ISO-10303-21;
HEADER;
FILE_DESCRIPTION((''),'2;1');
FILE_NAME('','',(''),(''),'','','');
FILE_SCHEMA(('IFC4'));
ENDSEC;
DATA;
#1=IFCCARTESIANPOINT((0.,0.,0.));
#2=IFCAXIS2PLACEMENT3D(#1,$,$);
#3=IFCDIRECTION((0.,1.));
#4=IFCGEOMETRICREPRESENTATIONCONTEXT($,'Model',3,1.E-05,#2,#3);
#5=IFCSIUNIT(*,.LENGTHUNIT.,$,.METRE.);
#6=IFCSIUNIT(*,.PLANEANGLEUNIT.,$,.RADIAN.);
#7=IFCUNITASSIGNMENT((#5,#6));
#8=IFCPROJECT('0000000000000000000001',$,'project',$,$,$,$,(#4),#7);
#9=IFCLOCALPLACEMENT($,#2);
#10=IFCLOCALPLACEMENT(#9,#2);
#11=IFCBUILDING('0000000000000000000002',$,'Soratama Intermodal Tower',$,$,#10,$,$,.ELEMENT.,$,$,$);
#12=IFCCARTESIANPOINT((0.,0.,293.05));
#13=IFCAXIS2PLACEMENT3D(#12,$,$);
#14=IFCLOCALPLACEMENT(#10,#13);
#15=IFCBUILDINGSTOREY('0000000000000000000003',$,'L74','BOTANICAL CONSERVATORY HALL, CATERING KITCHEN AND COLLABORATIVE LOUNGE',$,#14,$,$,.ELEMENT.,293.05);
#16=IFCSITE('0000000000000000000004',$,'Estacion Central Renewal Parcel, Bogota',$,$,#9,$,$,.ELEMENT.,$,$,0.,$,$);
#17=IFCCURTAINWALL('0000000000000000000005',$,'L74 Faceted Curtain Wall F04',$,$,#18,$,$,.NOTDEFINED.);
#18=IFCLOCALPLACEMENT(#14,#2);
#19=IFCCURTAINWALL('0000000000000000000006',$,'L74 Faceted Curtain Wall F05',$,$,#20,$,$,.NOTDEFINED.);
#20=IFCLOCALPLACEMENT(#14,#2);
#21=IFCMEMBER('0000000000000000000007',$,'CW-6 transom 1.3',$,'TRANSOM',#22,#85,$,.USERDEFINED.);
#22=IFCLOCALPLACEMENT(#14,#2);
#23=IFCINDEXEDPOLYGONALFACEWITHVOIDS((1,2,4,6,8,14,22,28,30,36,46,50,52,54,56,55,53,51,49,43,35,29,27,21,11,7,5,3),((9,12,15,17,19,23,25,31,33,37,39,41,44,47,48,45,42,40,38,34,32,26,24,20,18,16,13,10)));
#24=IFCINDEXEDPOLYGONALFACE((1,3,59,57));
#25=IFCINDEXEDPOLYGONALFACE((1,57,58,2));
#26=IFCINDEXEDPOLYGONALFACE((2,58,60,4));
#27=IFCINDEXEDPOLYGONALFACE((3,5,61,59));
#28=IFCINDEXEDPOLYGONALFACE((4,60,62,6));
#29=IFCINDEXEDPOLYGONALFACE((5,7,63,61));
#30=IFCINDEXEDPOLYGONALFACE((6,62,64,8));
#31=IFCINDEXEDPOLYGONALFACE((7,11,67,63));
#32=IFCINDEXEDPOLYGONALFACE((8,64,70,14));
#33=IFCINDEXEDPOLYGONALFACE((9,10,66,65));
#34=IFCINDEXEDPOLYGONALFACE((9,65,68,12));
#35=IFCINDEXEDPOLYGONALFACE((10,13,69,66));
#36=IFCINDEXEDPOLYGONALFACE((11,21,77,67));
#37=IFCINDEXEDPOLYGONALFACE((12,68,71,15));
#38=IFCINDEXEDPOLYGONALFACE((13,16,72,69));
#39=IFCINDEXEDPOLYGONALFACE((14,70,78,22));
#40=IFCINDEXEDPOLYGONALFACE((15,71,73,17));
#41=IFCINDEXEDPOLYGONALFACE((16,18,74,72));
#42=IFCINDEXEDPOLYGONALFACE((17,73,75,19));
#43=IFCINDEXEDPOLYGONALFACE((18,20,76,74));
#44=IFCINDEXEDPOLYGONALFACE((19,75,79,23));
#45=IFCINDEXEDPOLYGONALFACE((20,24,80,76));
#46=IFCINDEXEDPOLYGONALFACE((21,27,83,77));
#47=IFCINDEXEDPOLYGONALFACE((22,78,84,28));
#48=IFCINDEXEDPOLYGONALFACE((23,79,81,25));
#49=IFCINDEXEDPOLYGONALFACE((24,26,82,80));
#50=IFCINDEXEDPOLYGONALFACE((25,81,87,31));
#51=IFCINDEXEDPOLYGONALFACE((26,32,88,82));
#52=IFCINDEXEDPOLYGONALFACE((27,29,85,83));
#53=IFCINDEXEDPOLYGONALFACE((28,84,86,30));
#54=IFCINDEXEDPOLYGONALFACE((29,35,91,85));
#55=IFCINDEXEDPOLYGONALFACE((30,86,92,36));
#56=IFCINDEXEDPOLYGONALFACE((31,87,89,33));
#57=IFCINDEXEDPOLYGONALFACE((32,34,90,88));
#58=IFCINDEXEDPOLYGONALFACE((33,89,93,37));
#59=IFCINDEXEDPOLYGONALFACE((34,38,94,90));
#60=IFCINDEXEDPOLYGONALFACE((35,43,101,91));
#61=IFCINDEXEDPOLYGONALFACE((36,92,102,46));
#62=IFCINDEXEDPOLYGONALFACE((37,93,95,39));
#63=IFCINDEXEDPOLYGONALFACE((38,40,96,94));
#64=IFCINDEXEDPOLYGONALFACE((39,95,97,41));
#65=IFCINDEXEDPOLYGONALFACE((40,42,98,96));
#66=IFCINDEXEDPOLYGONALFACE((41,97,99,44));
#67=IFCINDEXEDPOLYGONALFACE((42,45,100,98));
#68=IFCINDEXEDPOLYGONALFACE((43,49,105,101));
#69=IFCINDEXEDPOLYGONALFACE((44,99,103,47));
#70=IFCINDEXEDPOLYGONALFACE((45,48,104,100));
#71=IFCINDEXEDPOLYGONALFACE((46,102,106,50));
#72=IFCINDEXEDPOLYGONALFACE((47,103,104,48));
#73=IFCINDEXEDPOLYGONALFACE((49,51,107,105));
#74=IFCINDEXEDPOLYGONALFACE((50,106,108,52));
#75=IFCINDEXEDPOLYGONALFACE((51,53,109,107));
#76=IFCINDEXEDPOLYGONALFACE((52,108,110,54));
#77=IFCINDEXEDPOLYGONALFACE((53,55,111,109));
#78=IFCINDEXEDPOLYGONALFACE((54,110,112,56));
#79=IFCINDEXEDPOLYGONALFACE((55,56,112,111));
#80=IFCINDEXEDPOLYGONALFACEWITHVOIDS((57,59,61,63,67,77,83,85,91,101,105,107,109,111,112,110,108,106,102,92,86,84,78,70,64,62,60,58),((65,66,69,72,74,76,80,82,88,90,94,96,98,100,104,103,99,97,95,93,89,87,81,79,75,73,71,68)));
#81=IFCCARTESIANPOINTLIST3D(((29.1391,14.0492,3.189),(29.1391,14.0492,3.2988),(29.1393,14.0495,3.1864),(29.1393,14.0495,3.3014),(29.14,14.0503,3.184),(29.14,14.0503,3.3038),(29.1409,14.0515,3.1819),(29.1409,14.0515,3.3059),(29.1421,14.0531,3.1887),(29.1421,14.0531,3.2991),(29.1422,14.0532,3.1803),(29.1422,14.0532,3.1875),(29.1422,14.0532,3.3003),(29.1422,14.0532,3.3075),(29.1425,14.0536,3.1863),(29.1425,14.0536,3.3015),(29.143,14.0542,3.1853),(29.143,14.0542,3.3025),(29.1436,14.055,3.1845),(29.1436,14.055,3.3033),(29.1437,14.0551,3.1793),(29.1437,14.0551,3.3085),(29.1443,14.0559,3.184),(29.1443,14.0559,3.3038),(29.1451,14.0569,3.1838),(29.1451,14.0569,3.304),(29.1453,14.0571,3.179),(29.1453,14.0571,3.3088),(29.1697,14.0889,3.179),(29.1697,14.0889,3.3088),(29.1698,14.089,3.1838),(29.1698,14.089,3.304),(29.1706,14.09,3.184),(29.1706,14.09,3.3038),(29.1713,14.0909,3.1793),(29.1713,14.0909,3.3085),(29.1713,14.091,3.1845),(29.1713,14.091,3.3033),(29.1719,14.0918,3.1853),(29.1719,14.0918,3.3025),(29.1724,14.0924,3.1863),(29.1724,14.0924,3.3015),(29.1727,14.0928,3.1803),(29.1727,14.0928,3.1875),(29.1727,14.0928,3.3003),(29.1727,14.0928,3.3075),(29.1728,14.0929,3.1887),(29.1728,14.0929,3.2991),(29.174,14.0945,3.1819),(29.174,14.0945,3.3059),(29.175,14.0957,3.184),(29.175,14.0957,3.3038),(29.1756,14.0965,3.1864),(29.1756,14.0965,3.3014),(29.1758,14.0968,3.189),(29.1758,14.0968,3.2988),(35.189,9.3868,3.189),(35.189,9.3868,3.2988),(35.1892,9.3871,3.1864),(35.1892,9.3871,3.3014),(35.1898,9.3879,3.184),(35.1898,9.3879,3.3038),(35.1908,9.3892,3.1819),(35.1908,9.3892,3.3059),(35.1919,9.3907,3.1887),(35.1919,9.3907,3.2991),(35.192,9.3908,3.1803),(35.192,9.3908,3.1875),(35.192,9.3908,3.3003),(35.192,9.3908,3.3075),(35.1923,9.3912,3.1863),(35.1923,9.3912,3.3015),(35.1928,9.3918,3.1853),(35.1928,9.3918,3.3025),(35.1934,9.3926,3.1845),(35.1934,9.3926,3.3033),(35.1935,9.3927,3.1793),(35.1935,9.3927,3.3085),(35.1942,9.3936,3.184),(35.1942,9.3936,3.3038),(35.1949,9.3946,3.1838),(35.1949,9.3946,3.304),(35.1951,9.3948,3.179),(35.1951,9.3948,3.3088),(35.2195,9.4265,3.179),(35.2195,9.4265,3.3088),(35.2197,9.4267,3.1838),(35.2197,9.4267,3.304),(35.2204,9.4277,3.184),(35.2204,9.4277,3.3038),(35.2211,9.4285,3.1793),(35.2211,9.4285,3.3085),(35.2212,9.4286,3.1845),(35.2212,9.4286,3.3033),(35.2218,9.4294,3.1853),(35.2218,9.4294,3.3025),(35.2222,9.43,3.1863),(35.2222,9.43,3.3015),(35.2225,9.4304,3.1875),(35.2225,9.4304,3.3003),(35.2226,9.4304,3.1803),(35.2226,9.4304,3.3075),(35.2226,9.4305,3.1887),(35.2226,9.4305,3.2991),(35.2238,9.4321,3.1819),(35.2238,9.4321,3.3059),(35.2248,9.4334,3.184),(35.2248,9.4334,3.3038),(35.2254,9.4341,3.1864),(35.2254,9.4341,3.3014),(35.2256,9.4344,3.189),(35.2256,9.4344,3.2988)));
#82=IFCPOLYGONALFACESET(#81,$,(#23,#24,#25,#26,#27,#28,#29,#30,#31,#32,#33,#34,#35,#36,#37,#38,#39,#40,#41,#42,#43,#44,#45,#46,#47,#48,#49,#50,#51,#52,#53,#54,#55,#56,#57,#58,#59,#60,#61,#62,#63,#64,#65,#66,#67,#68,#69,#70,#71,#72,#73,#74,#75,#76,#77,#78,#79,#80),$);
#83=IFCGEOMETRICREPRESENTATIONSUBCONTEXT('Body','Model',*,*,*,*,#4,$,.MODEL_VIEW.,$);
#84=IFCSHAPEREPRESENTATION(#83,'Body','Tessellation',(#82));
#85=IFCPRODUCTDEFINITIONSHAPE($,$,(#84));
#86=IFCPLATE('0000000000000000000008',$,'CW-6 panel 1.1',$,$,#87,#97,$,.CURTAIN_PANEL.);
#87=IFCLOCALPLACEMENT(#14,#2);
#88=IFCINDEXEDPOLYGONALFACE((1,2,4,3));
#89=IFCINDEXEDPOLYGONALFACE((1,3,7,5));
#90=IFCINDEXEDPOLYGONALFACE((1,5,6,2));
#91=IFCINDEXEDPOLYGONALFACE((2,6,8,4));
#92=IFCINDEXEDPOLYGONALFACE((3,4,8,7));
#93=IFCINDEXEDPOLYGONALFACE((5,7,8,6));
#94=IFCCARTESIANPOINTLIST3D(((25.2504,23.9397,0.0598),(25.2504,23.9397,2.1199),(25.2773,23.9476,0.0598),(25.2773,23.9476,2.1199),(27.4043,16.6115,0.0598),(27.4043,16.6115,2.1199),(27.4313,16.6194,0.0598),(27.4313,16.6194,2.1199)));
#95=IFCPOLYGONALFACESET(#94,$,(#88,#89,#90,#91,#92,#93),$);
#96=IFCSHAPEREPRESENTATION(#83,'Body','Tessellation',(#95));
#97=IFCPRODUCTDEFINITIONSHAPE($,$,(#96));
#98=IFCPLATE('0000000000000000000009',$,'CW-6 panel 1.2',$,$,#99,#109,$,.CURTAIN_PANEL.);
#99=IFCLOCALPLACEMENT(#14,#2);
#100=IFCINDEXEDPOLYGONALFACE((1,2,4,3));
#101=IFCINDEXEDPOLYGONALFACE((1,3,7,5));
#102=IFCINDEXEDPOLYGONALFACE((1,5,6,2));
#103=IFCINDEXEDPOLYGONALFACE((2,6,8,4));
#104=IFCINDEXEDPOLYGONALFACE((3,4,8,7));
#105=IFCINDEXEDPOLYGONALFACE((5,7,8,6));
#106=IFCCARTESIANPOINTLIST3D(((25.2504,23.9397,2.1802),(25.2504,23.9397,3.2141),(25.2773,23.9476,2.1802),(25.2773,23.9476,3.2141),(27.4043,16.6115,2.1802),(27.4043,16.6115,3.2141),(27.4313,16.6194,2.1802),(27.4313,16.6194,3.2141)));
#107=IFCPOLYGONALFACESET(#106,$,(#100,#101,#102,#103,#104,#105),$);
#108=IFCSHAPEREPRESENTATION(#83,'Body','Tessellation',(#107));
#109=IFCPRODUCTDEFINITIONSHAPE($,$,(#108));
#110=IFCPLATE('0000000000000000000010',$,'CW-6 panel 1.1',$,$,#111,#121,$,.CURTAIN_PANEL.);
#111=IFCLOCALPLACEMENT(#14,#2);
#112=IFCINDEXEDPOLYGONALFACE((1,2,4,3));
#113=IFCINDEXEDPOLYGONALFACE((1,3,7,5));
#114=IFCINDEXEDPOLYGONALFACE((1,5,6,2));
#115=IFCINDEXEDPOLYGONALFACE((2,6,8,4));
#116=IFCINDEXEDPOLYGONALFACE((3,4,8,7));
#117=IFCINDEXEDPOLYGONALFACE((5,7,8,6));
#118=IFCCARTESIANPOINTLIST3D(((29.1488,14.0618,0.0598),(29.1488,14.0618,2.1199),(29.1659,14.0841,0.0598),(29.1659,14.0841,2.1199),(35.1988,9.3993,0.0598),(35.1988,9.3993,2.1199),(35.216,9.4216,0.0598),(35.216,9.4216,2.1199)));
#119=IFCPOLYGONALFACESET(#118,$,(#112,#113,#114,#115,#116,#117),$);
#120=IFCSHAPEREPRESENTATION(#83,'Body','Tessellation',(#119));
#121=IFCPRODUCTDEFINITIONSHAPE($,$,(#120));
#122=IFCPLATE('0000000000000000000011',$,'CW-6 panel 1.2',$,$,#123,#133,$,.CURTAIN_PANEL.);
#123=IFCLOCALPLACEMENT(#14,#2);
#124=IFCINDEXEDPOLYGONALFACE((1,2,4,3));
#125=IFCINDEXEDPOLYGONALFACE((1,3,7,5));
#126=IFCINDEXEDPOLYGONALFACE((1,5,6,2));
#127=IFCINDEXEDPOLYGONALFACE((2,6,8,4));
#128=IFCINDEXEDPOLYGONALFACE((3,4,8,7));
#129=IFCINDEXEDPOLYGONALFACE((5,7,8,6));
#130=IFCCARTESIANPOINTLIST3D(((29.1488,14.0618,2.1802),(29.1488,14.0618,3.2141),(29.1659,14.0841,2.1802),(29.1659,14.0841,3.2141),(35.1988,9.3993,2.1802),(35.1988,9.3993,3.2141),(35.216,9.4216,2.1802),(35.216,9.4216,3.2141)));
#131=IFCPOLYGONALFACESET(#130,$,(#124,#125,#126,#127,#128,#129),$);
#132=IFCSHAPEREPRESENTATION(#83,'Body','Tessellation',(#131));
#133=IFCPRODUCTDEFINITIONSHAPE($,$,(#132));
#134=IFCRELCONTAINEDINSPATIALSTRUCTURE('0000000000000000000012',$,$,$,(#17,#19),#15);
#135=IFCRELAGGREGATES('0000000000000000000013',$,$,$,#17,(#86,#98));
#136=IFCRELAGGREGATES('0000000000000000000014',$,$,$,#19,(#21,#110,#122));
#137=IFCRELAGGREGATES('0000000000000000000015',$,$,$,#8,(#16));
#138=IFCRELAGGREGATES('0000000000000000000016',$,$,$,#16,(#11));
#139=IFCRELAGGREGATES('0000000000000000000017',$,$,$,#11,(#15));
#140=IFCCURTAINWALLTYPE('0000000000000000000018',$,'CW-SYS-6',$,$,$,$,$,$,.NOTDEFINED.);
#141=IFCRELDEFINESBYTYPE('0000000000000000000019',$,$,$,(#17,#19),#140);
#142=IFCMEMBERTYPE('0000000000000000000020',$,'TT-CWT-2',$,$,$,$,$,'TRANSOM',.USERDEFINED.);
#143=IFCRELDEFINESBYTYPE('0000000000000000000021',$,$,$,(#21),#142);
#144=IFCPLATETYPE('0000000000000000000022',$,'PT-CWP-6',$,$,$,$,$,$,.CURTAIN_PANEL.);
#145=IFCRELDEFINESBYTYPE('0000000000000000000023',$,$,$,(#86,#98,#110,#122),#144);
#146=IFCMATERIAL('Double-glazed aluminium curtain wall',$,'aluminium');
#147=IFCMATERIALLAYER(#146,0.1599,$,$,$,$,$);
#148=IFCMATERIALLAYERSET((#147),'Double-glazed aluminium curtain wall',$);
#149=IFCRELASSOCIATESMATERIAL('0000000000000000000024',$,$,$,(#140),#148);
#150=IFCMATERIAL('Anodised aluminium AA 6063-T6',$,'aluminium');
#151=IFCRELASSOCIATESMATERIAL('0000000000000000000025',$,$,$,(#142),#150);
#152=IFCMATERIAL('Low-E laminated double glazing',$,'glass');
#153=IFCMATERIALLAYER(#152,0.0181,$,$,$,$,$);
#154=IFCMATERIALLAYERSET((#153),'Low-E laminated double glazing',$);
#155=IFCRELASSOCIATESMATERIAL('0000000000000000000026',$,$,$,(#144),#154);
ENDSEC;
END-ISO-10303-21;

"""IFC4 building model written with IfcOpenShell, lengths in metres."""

from ifc_helpers import new_model, si_unit, direction, frame, origin, origin_2d, place, context, subcontext, project, spatial, rectangle, hollow_rectangle, extrude, material, layer, layer_set, material_profile, profile_set, type_object, element, aggregate, save


model = new_model("IFC4")

# Units and contexts
model_context = context("Model", 3, precision=1e-05, world=origin(), true_north=direction((0.0, 1.0)))
body_context = subcontext(model_context, "Body", "Model", "MODEL_VIEW")
ifc_project = project(units=[si_unit("LENGTHUNIT", "METRE"), si_unit("PLANEANGLEUNIT", "RADIAN")], contexts=[model_context])

# Site, building, storey
site_placement = place(None, origin())
site = spatial("IfcSite", under=ifc_project, at=site_placement, Name="Estacion Central Renewal Parcel, Bogota", CompositionType="ELEMENT", RefElevation=0.0)
building_placement = place(site_placement, origin())
building = spatial("IfcBuilding", under=site, at=building_placement, Name="Soratama Intermodal Tower", CompositionType="ELEMENT")
storey_placement = place(building_placement, frame((0.0, 0.0, 293.05)))
storey = spatial("IfcBuildingStorey", under=building, at=storey_placement, Name="L74", Description="BOTANICAL CONSERVATORY HALL, CATERING KITCHEN AND COLLABORATIVE LOUNGE", CompositionType="ELEMENT", Elevation=293.05)

# Curtain wall
ifc_material_1 = material(Name="Double-glazed aluminium curtain wall", Category="aluminium")
ifc_layer_1 = layer(ifc_material_1, 0.1599)
ifc_layer_set_1 = layer_set([ifc_layer_1], Name="Double-glazed aluminium curtain wall")
curtain_wall_type = type_object("IfcCurtainWallType", Name="CW-SYS-6", PredefinedType="NOTDEFINED", material=ifc_layer_set_1)
curtain_wall_1_placement = place(storey_placement, origin())
curtain_wall_1 = element("IfcCurtainWall", 1, at=curtain_wall_1_placement, inside=storey, type_object=curtain_wall_type, Name="L74 Faceted Curtain Wall F04", PredefinedType="NOTDEFINED")

# Curtain wall
curtain_wall_2_placement = place(storey_placement, origin())
curtain_wall_2 = element("IfcCurtainWall", 2, at=curtain_wall_2_placement, inside=storey, type_object=curtain_wall_type, Name="L74 Faceted Curtain Wall F05", PredefinedType="NOTDEFINED")

# Member
ifc_material_2 = material(Name="Anodised aluminium AA 6063-T6", Category="aluminium")
ifc_material_profile_1 = material_profile(ifc_material_2, hollow_rectangle(XDim=0.0601, YDim=0.1299, WallThickness=0.0049, InnerFilletRadius=0.0049, OuterFilletRadius=0.01, at=origin_2d()), Name="CWT130X60X5")
ifc_profile_set_1 = profile_set([ifc_material_profile_1], Name="Anodised aluminium AA 6063-T6")
member_type_1 = type_object("IfcMemberType", Name="TT-CWT-2", ElementType="TRANSOM", PredefinedType="USERDEFINED", material=ifc_profile_set_1)
member_1_placement = place(storey_placement, frame((29.1575, 14.073, 3.2439), z_axis=(0.792076, -0.610423, 0.0), x_axis=(0.610423, 0.792076, 0.0)))
member_1 = element("IfcMember", 3, at=member_1_placement, type_object=member_type_1, Name="CW-6 transom 1.3", ObjectType="TRANSOM", PredefinedType="USERDEFINED", context=body_context, shape_type="SweptSolid", body=[
    extrude(hollow_rectangle(XDim=0.0601, YDim=0.1299, WallThickness=0.0049, InnerFilletRadius=0.0049, OuterFilletRadius=0.01, at=origin_2d()), origin(), (0.0, 0.0, 1.0), 7.6379),
])

# Plates
ifc_material_3 = material(Name="Low-E laminated double glazing", Category="glass")
ifc_layer_2 = layer(ifc_material_3, 0.0181)
ifc_layer_set_2 = layer_set([ifc_layer_2], Name="Low-E laminated double glazing")
plate_type = type_object("IfcPlateType", Name="PT-CWP-6", PredefinedType="CURTAIN_PANEL", material=ifc_layer_set_2)
plate_1_placement = place(storey_placement, frame((26.3408, 20.2795, 0.0598), z_axis=(0.0, 0.0, 1.0), x_axis=(0.282003, -0.959414, 0.0)))
plate_1 = element("IfcPlate", 4, at=plate_1_placement, type_object=plate_type, Name="CW-6 panel 1.1", PredefinedType="CURTAIN_PANEL", context=body_context, shape_type="SweptSolid", body=[
    extrude(rectangle(XDim=7.6382, YDim=0.0281, at=origin_2d()), origin(), (0.0, 0.0, 1.0), 2.0601),
])
plate_2_placement = place(storey_placement, frame((26.3408, 20.2795, 2.1802), z_axis=(0.0, 0.0, 1.0), x_axis=(0.282003, -0.959414, 0.0)))
plate_2 = element("IfcPlate", 5, at=plate_2_placement, type_object=plate_type, Name="CW-6 panel 1.2", PredefinedType="CURTAIN_PANEL", context=body_context, shape_type="SweptSolid", body=[
    extrude(rectangle(XDim=7.6382, YDim=0.0281, at=origin_2d()), origin(), (0.0, 0.0, 1.0), 1.0339),
])
aggregate(curtain_wall_1, [plate_1, plate_2])
plate_3_placement = place(storey_placement, frame((32.1824, 11.7417, 0.0598), z_axis=(0.0, 0.0, 1.0), x_axis=(0.792077, -0.610421, 0.0)))
plate_3 = element("IfcPlate", 6, at=plate_3_placement, type_object=plate_type, Name="CW-6 panel 1.1", PredefinedType="CURTAIN_PANEL", context=body_context, shape_type="SweptSolid", body=[
    extrude(rectangle(XDim=7.6382, YDim=0.0281, at=origin_2d()), origin(), (0.0, 0.0, 1.0), 2.0601),
])
plate_4_placement = place(storey_placement, frame((32.1824, 11.7417, 2.1802), z_axis=(0.0, 0.0, 1.0), x_axis=(0.792077, -0.610421, 0.0)))
plate_4 = element("IfcPlate", 7, at=plate_4_placement, type_object=plate_type, Name="CW-6 panel 1.2", PredefinedType="CURTAIN_PANEL", context=body_context, shape_type="SweptSolid", body=[
    extrude(rectangle(XDim=7.6382, YDim=0.0281, at=origin_2d()), origin(), (0.0, 0.0, 1.0), 1.0339),
])
aggregate(curtain_wall_2, [member_1, plate_3, plate_4])

save(model, "model.ifc")
